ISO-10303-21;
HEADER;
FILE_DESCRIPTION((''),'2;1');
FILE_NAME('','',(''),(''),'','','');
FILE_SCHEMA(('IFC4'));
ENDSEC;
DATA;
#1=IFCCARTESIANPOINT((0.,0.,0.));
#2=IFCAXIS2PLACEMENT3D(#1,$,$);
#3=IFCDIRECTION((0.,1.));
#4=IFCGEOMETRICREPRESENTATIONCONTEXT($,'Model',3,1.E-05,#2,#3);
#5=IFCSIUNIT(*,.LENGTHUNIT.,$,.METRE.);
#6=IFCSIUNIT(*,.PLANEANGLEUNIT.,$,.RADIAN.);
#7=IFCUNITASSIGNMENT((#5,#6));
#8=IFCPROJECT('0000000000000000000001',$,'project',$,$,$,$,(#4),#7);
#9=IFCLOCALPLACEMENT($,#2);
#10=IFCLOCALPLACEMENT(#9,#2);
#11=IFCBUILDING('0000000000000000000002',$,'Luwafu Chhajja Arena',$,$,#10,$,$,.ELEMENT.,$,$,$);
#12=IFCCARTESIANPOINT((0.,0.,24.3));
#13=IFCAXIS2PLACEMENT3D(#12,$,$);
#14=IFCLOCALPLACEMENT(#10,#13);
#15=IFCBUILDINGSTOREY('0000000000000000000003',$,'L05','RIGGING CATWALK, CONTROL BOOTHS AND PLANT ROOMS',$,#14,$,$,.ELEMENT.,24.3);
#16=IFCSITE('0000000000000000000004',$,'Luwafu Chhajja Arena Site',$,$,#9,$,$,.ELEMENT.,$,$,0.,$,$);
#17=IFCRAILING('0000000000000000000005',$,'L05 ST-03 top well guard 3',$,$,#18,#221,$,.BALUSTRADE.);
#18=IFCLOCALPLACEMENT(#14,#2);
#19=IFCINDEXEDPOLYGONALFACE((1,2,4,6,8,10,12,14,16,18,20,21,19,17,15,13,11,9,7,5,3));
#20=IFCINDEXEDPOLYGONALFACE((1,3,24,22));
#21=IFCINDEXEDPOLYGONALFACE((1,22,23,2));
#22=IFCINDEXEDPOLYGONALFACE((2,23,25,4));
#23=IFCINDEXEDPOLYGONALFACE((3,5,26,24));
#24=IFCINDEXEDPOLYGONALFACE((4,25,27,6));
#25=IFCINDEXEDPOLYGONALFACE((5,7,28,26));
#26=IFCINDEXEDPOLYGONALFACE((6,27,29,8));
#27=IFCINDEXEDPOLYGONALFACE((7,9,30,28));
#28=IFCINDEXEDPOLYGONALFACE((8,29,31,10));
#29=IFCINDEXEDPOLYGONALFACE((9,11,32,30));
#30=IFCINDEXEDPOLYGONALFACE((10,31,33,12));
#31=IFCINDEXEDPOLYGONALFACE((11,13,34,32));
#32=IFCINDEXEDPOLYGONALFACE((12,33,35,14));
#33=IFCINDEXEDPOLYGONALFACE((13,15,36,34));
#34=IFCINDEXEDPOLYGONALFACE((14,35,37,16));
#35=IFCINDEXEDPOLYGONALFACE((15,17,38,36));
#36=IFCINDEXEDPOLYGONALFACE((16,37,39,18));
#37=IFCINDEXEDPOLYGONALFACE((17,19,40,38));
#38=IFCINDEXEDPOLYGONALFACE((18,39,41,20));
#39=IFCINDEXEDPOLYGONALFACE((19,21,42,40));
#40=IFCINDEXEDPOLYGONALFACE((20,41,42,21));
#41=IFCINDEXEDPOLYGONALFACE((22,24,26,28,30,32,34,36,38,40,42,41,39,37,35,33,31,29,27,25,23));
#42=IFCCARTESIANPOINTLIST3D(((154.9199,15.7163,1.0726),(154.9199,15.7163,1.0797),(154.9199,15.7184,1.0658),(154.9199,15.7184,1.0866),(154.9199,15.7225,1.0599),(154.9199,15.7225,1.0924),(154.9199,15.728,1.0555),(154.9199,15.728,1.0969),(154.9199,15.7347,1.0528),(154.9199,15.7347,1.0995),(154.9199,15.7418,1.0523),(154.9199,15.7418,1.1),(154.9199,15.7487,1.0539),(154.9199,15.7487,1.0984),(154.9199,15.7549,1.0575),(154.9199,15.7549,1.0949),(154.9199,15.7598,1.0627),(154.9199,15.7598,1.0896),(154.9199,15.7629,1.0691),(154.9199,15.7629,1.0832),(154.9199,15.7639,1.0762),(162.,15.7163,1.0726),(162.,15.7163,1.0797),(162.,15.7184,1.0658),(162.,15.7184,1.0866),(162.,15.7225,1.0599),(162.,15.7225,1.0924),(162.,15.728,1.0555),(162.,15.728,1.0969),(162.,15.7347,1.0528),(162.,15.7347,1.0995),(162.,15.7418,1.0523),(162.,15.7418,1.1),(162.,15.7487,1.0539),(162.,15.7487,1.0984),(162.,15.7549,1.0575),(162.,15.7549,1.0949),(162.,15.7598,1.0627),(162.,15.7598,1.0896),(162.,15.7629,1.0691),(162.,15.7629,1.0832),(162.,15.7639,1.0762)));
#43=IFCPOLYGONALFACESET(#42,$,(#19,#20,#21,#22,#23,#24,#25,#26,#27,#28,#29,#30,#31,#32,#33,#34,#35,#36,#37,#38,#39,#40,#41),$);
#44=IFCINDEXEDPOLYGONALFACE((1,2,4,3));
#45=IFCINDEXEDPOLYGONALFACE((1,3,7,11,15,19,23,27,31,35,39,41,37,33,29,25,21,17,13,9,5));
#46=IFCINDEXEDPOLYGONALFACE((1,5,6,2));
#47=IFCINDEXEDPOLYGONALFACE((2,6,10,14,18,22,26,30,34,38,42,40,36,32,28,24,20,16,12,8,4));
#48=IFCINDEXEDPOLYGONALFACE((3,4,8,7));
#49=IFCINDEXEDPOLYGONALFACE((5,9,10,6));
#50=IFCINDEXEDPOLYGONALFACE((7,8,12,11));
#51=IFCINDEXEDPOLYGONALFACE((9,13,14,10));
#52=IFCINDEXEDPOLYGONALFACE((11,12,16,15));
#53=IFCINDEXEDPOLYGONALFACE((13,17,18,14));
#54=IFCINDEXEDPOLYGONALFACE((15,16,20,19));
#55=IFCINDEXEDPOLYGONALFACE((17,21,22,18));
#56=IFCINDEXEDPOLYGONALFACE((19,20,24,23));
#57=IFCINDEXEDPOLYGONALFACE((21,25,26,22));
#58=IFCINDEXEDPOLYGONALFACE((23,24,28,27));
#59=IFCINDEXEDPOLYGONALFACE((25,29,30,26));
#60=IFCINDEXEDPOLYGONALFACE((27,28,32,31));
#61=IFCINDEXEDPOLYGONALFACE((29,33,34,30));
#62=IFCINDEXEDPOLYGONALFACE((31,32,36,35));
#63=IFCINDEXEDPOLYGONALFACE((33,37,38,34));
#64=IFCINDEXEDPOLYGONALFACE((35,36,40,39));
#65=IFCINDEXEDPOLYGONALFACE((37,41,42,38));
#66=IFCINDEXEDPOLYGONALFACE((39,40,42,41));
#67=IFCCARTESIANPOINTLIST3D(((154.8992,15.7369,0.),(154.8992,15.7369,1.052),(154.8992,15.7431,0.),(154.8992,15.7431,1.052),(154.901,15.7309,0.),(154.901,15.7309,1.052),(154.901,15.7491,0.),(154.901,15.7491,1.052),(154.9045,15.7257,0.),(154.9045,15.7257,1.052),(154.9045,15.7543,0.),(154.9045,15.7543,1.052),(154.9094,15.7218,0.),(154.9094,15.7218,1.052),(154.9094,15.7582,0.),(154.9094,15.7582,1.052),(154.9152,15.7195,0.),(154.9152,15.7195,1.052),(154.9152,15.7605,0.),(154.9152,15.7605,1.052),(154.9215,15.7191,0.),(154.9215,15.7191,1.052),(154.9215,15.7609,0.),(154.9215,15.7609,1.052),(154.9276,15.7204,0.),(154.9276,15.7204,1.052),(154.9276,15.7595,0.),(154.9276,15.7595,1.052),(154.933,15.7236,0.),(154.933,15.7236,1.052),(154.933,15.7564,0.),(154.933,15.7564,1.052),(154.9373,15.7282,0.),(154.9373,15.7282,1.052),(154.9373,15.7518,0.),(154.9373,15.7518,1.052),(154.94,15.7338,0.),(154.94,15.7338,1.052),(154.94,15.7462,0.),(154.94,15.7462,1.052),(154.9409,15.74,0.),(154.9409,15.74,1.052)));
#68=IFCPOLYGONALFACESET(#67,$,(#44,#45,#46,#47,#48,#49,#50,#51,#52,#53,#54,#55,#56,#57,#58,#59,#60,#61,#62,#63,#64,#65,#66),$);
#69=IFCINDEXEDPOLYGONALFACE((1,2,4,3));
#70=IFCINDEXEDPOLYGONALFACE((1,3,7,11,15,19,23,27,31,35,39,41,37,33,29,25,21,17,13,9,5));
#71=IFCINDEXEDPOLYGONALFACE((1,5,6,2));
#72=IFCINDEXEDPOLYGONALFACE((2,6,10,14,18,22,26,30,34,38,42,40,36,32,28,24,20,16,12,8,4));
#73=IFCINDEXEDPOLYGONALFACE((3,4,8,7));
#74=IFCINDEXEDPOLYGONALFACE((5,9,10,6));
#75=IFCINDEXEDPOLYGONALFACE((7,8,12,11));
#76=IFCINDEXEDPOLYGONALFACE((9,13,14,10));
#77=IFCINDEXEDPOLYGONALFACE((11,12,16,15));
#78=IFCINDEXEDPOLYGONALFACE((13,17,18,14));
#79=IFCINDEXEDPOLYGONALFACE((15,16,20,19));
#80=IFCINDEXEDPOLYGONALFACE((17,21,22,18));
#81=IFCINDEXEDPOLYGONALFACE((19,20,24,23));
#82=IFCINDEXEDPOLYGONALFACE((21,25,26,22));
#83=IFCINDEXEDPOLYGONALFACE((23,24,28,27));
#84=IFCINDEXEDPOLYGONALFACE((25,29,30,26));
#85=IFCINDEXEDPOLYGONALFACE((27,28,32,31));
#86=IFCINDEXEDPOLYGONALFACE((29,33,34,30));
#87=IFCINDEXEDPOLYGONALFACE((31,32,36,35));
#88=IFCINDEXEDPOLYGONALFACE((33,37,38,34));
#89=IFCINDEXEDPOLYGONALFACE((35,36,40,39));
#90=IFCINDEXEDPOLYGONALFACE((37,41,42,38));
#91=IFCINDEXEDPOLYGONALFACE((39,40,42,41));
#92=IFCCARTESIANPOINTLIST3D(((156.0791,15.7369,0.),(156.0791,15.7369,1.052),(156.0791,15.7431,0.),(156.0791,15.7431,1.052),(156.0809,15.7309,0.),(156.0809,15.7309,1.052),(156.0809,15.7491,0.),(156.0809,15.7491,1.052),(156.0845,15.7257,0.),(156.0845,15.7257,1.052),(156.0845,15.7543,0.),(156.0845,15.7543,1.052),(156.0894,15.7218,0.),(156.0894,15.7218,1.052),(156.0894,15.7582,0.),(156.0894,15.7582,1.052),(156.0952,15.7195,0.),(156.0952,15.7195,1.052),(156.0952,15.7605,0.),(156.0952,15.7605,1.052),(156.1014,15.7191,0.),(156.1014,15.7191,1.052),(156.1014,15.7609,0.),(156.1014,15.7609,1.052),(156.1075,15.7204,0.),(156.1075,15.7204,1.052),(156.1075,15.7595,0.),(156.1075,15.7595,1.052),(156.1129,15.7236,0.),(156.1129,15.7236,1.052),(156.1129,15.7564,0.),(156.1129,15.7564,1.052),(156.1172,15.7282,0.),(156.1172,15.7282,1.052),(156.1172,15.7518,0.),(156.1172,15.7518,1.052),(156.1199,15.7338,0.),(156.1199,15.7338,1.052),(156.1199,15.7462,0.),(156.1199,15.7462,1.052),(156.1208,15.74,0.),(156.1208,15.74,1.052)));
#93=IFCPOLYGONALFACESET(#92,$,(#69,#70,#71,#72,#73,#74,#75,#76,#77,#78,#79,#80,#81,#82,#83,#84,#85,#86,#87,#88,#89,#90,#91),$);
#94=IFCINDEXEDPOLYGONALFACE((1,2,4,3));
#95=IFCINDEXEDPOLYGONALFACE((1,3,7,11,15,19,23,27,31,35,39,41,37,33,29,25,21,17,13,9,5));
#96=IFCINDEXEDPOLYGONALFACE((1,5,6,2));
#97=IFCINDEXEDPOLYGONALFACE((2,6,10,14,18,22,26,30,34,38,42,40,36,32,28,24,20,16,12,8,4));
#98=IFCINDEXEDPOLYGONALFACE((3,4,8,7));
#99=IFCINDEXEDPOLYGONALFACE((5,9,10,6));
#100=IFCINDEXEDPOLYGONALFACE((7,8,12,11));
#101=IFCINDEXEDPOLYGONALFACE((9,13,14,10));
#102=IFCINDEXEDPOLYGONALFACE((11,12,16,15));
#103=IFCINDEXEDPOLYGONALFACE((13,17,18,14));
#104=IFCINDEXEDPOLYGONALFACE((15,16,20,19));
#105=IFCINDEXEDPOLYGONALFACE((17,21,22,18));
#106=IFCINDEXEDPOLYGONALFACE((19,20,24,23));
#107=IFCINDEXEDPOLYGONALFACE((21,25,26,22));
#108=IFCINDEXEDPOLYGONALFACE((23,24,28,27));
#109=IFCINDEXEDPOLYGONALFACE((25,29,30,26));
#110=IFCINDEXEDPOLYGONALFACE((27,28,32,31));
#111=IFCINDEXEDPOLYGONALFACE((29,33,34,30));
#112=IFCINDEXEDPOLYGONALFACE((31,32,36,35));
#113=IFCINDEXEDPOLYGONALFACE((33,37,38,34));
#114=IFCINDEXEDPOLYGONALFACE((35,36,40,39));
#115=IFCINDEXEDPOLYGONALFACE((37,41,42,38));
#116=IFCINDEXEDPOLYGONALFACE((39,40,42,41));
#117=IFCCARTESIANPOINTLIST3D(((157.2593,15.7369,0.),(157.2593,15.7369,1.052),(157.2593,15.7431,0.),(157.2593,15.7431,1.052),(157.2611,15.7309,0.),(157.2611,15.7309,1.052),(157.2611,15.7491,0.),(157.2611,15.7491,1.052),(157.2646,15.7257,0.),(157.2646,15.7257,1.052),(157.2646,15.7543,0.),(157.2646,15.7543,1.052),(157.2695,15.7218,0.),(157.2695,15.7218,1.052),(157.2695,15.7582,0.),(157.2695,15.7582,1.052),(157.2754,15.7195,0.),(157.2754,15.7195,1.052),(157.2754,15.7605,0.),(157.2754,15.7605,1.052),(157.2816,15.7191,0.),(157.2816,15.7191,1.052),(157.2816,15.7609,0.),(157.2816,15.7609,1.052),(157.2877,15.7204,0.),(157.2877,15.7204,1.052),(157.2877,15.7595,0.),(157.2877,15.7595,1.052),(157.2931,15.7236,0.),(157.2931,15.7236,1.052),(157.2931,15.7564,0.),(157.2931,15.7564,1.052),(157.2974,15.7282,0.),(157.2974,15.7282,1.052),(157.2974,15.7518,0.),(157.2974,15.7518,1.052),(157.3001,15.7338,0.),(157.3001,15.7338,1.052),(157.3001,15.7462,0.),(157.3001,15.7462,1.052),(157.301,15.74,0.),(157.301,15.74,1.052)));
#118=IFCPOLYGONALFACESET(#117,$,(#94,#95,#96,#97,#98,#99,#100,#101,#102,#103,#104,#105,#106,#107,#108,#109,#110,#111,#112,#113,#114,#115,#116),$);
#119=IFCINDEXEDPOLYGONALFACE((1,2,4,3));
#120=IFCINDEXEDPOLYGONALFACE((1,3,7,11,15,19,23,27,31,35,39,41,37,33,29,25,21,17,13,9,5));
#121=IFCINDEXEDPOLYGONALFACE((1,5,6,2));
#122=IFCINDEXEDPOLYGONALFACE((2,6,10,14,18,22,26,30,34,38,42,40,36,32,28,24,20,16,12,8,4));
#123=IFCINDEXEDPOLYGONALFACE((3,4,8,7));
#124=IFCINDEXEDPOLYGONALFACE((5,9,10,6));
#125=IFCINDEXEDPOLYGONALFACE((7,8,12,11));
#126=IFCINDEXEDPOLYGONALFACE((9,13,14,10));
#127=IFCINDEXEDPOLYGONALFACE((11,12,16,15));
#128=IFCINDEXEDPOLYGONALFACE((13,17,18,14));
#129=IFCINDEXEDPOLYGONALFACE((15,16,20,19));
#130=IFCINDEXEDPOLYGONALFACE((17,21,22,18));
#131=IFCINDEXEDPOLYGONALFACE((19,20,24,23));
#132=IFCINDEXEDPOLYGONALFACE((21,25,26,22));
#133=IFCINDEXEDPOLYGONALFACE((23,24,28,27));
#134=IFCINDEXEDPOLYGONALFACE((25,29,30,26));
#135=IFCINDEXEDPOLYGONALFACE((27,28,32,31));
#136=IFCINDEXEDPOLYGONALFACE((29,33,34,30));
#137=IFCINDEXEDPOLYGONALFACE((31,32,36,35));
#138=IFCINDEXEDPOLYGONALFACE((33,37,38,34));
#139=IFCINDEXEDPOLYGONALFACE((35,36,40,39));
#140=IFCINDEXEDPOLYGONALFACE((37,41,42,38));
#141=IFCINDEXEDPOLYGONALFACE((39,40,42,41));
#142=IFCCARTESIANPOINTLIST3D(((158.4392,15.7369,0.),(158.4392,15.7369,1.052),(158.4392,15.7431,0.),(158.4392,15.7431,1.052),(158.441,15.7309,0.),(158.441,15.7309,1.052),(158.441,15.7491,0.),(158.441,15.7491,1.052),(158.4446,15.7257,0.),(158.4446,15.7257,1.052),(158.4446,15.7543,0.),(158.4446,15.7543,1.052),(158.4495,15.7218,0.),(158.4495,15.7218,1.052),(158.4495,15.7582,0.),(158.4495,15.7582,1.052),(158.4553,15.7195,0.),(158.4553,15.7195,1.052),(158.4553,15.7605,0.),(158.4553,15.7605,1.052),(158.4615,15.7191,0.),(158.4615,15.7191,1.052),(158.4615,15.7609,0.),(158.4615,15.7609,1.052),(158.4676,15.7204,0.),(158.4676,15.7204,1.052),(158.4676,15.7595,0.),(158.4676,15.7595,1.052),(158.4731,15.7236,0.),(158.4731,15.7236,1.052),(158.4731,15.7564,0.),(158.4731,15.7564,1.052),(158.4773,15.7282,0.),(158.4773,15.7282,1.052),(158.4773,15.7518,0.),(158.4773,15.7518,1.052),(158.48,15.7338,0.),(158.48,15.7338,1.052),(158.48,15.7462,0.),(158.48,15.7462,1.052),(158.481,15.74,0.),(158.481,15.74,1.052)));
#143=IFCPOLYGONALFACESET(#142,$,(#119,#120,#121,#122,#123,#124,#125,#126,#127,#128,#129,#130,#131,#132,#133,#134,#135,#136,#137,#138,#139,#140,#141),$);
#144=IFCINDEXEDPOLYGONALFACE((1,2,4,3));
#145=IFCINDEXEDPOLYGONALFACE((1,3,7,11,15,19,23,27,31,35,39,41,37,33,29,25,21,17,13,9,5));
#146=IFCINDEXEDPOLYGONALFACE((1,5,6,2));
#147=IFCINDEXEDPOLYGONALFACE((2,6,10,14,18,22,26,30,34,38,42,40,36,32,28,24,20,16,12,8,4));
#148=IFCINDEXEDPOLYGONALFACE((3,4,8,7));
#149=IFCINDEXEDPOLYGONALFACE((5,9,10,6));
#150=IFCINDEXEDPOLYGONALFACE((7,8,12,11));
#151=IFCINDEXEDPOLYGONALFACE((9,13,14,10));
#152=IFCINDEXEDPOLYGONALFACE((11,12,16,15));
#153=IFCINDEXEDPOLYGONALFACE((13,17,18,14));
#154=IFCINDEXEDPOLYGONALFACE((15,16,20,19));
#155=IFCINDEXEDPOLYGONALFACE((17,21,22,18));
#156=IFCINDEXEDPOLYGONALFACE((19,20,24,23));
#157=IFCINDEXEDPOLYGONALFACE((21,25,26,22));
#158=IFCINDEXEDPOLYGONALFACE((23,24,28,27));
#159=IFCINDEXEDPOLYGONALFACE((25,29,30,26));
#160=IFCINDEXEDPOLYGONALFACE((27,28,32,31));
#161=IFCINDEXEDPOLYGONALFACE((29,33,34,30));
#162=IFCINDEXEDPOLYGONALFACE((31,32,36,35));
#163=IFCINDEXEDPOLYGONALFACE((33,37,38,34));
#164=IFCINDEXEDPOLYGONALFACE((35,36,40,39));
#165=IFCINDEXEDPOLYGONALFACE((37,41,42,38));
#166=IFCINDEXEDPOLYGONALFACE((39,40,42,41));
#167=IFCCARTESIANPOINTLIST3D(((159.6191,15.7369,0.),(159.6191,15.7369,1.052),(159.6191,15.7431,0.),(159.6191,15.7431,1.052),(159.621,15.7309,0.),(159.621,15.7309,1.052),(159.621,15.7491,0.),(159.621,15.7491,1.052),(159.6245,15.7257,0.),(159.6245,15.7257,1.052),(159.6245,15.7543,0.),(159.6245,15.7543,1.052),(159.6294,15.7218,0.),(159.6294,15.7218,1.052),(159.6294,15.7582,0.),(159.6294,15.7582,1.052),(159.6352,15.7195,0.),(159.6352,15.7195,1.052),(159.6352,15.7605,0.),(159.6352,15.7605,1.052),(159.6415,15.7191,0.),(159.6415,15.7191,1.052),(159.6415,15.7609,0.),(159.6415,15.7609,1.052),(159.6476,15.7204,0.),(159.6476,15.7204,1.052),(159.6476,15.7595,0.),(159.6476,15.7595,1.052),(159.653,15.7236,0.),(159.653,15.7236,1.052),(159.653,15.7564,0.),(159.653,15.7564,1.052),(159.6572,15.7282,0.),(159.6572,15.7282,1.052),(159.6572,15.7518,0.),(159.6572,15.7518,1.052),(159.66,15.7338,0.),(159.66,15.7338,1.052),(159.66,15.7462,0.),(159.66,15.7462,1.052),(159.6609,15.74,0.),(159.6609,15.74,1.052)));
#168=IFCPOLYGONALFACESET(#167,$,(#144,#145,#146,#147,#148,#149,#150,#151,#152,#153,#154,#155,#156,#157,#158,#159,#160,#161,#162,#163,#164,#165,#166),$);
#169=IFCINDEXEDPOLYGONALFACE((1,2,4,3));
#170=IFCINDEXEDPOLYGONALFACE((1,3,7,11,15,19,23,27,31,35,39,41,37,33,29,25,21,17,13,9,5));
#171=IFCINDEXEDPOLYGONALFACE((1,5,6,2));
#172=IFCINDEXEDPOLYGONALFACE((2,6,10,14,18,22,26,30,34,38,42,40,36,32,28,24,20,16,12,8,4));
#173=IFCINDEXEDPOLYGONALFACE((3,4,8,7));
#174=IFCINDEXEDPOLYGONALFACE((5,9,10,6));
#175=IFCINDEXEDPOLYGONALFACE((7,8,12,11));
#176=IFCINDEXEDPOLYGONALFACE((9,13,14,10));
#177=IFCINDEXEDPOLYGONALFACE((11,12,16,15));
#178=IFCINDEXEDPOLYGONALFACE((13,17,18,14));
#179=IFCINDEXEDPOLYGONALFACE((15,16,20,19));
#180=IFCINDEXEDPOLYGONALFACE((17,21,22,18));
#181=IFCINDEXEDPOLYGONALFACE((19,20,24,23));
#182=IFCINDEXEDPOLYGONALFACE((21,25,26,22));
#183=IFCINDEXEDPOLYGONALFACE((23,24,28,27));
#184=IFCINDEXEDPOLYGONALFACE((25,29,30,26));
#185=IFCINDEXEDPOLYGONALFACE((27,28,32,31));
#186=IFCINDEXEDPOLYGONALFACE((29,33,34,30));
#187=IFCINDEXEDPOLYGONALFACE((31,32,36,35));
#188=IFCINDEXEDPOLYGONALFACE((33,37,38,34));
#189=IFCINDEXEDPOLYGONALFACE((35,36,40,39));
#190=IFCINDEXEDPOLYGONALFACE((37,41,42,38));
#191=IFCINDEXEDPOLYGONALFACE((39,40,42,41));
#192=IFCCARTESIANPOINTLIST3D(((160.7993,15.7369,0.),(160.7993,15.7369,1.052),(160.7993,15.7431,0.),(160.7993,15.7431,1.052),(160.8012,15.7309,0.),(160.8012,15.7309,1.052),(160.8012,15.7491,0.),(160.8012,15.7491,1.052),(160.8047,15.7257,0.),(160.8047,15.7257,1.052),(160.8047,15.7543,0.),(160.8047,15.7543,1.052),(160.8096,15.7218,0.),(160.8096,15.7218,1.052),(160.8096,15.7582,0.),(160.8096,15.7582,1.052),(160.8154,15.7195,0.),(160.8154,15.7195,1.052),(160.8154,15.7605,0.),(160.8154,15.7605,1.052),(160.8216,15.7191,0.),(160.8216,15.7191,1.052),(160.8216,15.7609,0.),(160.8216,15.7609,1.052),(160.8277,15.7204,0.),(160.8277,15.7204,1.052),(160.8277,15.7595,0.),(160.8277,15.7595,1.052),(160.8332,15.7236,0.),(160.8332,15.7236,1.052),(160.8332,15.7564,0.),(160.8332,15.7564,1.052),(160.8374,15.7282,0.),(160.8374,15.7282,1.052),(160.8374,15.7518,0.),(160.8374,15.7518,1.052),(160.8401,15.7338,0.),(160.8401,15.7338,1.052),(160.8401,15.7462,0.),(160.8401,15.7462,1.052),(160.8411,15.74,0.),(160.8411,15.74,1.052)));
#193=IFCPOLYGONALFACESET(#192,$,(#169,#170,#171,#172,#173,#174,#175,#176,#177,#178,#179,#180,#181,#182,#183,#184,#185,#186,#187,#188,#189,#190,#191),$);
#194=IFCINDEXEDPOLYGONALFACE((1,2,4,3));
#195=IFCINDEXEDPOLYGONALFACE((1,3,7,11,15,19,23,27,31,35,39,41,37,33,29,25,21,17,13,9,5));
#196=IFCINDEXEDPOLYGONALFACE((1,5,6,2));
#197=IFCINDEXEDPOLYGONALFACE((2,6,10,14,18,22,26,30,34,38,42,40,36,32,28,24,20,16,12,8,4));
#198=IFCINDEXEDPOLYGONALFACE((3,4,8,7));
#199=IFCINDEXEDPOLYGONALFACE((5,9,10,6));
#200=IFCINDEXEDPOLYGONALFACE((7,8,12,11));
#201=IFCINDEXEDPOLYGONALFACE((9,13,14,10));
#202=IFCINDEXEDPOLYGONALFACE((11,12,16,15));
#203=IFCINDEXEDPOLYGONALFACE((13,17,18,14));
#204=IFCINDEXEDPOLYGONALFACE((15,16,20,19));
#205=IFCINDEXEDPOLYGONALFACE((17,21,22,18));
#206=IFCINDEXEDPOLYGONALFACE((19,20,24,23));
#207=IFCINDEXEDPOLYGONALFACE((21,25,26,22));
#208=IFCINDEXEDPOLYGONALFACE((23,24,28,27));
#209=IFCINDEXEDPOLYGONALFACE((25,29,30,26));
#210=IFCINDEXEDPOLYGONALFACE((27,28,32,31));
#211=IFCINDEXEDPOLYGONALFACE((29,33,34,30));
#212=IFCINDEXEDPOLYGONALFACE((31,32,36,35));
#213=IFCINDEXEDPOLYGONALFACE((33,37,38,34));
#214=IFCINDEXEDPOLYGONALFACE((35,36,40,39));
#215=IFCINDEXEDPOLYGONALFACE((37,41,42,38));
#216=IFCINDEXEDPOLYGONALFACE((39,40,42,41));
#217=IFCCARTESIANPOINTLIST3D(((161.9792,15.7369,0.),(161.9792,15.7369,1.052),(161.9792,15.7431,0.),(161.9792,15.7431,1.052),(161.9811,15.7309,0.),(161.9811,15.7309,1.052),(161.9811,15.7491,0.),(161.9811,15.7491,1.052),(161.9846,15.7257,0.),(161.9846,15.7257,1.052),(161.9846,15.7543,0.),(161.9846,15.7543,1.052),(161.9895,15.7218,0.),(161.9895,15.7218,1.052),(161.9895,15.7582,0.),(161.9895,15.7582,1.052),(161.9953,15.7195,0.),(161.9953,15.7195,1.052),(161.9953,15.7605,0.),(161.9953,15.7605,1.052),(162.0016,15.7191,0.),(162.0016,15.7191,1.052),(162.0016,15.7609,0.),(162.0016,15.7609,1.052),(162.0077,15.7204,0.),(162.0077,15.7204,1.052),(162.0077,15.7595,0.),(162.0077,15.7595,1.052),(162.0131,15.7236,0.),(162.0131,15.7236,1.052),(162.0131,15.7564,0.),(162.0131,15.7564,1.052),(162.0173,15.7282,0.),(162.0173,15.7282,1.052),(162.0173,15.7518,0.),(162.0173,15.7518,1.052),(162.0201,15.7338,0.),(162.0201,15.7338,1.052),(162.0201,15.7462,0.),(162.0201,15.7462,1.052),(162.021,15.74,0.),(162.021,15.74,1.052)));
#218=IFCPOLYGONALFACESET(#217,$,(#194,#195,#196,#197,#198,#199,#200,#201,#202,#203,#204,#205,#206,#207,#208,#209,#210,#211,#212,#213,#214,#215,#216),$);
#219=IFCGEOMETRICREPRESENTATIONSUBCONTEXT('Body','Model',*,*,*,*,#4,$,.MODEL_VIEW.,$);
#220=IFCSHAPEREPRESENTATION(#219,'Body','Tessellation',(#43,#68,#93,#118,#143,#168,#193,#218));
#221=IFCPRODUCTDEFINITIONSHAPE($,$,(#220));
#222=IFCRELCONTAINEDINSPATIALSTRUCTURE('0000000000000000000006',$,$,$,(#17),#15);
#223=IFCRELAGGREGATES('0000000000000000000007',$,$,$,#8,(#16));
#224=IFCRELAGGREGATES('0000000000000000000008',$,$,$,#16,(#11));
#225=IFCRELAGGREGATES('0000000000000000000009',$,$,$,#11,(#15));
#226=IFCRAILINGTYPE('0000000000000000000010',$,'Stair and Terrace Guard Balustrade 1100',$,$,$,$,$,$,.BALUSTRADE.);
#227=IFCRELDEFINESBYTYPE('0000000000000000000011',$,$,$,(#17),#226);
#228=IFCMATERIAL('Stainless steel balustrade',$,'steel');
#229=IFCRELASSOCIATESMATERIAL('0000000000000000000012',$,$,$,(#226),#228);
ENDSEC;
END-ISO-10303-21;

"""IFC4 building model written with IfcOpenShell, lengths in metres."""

from ifc_helpers import new_model, si_unit, direction, frame, origin, origin_2d, place, context, subcontext, project, spatial, circle, extrude, material, type_object, element, save


model = new_model("IFC4")

# Units and contexts
model_context = context("Model", 3, precision=1e-05, world=origin(), true_north=direction((0.0, 1.0)))
body_context = subcontext(model_context, "Body", "Model", "MODEL_VIEW")
ifc_project = project(units=[si_unit("LENGTHUNIT", "METRE"), si_unit("PLANEANGLEUNIT", "RADIAN")], contexts=[model_context])

# Site, building, storey
site_placement = place(None, origin())
site = spatial("IfcSite", under=ifc_project, at=site_placement, Name="Luwafu Chhajja Arena Site", CompositionType="ELEMENT", RefElevation=0.0)
building_placement = place(site_placement, origin())
building = spatial("IfcBuilding", under=site, at=building_placement, Name="Luwafu Chhajja Arena", CompositionType="ELEMENT")
storey_placement = place(building_placement, frame((0.0, 0.0, 24.3)))
storey = spatial("IfcBuildingStorey", under=building, at=storey_placement, Name="L05", Description="RIGGING CATWALK, CONTROL BOOTHS AND PLANT ROOMS", CompositionType="ELEMENT", Elevation=24.3)

# Railing
ifc_material_1 = material(Name="Stainless steel balustrade", Category="steel")
railing_type = type_object("IfcRailingType", Name="Stair and Terrace Guard Balustrade 1100", PredefinedType="BALUSTRADE", material=ifc_material_1)
for number, where, name in (
    (1, (154.9199, 15.74, 0.0), "L05 ST-03 top well guard 3"),
):
    element("IfcRailing", number, at=place(storey_placement, frame(where)), inside=storey, type_object=railing_type, Name=name, PredefinedType="BALUSTRADE", context=body_context, shape_type="SweptSolid", body=[
        extrude(circle(Radius=0.0239, at=origin_2d()), frame((0.0, 0.0, 1.0762), z_axis=(1.0, 0.0, 0.0), x_axis=(0.0, 1.0, 0.0)), (0.0, 0.0, 1.0), 7.0801),
        extrude(circle(Radius=0.021, at=origin_2d()), origin(), (0.0, 0.0, 1.0), 1.052),
        extrude(circle(Radius=0.021, at=origin_2d()), frame((1.1799, 0.0, 0.0)), (0.0, 0.0, 1.0), 1.052),
        extrude(circle(Radius=0.021, at=origin_2d()), frame((2.3601, 0.0, 0.0)), (0.0, 0.0, 1.0), 1.052),
        extrude(circle(Radius=0.021, at=origin_2d()), frame((3.54, 0.0, 0.0)), (0.0, 0.0, 1.0), 1.052),
        extrude(circle(Radius=0.021, at=origin_2d()), frame((4.72, 0.0, 0.0)), (0.0, 0.0, 1.0), 1.052),
        extrude(circle(Radius=0.021, at=origin_2d()), frame((5.9001, 0.0, 0.0)), (0.0, 0.0, 1.0), 1.052),
        extrude(circle(Radius=0.021, at=origin_2d()), frame((7.0801, 0.0, 0.0)), (0.0, 0.0, 1.0), 1.052),
    ])

save(model, "model.ifc")
